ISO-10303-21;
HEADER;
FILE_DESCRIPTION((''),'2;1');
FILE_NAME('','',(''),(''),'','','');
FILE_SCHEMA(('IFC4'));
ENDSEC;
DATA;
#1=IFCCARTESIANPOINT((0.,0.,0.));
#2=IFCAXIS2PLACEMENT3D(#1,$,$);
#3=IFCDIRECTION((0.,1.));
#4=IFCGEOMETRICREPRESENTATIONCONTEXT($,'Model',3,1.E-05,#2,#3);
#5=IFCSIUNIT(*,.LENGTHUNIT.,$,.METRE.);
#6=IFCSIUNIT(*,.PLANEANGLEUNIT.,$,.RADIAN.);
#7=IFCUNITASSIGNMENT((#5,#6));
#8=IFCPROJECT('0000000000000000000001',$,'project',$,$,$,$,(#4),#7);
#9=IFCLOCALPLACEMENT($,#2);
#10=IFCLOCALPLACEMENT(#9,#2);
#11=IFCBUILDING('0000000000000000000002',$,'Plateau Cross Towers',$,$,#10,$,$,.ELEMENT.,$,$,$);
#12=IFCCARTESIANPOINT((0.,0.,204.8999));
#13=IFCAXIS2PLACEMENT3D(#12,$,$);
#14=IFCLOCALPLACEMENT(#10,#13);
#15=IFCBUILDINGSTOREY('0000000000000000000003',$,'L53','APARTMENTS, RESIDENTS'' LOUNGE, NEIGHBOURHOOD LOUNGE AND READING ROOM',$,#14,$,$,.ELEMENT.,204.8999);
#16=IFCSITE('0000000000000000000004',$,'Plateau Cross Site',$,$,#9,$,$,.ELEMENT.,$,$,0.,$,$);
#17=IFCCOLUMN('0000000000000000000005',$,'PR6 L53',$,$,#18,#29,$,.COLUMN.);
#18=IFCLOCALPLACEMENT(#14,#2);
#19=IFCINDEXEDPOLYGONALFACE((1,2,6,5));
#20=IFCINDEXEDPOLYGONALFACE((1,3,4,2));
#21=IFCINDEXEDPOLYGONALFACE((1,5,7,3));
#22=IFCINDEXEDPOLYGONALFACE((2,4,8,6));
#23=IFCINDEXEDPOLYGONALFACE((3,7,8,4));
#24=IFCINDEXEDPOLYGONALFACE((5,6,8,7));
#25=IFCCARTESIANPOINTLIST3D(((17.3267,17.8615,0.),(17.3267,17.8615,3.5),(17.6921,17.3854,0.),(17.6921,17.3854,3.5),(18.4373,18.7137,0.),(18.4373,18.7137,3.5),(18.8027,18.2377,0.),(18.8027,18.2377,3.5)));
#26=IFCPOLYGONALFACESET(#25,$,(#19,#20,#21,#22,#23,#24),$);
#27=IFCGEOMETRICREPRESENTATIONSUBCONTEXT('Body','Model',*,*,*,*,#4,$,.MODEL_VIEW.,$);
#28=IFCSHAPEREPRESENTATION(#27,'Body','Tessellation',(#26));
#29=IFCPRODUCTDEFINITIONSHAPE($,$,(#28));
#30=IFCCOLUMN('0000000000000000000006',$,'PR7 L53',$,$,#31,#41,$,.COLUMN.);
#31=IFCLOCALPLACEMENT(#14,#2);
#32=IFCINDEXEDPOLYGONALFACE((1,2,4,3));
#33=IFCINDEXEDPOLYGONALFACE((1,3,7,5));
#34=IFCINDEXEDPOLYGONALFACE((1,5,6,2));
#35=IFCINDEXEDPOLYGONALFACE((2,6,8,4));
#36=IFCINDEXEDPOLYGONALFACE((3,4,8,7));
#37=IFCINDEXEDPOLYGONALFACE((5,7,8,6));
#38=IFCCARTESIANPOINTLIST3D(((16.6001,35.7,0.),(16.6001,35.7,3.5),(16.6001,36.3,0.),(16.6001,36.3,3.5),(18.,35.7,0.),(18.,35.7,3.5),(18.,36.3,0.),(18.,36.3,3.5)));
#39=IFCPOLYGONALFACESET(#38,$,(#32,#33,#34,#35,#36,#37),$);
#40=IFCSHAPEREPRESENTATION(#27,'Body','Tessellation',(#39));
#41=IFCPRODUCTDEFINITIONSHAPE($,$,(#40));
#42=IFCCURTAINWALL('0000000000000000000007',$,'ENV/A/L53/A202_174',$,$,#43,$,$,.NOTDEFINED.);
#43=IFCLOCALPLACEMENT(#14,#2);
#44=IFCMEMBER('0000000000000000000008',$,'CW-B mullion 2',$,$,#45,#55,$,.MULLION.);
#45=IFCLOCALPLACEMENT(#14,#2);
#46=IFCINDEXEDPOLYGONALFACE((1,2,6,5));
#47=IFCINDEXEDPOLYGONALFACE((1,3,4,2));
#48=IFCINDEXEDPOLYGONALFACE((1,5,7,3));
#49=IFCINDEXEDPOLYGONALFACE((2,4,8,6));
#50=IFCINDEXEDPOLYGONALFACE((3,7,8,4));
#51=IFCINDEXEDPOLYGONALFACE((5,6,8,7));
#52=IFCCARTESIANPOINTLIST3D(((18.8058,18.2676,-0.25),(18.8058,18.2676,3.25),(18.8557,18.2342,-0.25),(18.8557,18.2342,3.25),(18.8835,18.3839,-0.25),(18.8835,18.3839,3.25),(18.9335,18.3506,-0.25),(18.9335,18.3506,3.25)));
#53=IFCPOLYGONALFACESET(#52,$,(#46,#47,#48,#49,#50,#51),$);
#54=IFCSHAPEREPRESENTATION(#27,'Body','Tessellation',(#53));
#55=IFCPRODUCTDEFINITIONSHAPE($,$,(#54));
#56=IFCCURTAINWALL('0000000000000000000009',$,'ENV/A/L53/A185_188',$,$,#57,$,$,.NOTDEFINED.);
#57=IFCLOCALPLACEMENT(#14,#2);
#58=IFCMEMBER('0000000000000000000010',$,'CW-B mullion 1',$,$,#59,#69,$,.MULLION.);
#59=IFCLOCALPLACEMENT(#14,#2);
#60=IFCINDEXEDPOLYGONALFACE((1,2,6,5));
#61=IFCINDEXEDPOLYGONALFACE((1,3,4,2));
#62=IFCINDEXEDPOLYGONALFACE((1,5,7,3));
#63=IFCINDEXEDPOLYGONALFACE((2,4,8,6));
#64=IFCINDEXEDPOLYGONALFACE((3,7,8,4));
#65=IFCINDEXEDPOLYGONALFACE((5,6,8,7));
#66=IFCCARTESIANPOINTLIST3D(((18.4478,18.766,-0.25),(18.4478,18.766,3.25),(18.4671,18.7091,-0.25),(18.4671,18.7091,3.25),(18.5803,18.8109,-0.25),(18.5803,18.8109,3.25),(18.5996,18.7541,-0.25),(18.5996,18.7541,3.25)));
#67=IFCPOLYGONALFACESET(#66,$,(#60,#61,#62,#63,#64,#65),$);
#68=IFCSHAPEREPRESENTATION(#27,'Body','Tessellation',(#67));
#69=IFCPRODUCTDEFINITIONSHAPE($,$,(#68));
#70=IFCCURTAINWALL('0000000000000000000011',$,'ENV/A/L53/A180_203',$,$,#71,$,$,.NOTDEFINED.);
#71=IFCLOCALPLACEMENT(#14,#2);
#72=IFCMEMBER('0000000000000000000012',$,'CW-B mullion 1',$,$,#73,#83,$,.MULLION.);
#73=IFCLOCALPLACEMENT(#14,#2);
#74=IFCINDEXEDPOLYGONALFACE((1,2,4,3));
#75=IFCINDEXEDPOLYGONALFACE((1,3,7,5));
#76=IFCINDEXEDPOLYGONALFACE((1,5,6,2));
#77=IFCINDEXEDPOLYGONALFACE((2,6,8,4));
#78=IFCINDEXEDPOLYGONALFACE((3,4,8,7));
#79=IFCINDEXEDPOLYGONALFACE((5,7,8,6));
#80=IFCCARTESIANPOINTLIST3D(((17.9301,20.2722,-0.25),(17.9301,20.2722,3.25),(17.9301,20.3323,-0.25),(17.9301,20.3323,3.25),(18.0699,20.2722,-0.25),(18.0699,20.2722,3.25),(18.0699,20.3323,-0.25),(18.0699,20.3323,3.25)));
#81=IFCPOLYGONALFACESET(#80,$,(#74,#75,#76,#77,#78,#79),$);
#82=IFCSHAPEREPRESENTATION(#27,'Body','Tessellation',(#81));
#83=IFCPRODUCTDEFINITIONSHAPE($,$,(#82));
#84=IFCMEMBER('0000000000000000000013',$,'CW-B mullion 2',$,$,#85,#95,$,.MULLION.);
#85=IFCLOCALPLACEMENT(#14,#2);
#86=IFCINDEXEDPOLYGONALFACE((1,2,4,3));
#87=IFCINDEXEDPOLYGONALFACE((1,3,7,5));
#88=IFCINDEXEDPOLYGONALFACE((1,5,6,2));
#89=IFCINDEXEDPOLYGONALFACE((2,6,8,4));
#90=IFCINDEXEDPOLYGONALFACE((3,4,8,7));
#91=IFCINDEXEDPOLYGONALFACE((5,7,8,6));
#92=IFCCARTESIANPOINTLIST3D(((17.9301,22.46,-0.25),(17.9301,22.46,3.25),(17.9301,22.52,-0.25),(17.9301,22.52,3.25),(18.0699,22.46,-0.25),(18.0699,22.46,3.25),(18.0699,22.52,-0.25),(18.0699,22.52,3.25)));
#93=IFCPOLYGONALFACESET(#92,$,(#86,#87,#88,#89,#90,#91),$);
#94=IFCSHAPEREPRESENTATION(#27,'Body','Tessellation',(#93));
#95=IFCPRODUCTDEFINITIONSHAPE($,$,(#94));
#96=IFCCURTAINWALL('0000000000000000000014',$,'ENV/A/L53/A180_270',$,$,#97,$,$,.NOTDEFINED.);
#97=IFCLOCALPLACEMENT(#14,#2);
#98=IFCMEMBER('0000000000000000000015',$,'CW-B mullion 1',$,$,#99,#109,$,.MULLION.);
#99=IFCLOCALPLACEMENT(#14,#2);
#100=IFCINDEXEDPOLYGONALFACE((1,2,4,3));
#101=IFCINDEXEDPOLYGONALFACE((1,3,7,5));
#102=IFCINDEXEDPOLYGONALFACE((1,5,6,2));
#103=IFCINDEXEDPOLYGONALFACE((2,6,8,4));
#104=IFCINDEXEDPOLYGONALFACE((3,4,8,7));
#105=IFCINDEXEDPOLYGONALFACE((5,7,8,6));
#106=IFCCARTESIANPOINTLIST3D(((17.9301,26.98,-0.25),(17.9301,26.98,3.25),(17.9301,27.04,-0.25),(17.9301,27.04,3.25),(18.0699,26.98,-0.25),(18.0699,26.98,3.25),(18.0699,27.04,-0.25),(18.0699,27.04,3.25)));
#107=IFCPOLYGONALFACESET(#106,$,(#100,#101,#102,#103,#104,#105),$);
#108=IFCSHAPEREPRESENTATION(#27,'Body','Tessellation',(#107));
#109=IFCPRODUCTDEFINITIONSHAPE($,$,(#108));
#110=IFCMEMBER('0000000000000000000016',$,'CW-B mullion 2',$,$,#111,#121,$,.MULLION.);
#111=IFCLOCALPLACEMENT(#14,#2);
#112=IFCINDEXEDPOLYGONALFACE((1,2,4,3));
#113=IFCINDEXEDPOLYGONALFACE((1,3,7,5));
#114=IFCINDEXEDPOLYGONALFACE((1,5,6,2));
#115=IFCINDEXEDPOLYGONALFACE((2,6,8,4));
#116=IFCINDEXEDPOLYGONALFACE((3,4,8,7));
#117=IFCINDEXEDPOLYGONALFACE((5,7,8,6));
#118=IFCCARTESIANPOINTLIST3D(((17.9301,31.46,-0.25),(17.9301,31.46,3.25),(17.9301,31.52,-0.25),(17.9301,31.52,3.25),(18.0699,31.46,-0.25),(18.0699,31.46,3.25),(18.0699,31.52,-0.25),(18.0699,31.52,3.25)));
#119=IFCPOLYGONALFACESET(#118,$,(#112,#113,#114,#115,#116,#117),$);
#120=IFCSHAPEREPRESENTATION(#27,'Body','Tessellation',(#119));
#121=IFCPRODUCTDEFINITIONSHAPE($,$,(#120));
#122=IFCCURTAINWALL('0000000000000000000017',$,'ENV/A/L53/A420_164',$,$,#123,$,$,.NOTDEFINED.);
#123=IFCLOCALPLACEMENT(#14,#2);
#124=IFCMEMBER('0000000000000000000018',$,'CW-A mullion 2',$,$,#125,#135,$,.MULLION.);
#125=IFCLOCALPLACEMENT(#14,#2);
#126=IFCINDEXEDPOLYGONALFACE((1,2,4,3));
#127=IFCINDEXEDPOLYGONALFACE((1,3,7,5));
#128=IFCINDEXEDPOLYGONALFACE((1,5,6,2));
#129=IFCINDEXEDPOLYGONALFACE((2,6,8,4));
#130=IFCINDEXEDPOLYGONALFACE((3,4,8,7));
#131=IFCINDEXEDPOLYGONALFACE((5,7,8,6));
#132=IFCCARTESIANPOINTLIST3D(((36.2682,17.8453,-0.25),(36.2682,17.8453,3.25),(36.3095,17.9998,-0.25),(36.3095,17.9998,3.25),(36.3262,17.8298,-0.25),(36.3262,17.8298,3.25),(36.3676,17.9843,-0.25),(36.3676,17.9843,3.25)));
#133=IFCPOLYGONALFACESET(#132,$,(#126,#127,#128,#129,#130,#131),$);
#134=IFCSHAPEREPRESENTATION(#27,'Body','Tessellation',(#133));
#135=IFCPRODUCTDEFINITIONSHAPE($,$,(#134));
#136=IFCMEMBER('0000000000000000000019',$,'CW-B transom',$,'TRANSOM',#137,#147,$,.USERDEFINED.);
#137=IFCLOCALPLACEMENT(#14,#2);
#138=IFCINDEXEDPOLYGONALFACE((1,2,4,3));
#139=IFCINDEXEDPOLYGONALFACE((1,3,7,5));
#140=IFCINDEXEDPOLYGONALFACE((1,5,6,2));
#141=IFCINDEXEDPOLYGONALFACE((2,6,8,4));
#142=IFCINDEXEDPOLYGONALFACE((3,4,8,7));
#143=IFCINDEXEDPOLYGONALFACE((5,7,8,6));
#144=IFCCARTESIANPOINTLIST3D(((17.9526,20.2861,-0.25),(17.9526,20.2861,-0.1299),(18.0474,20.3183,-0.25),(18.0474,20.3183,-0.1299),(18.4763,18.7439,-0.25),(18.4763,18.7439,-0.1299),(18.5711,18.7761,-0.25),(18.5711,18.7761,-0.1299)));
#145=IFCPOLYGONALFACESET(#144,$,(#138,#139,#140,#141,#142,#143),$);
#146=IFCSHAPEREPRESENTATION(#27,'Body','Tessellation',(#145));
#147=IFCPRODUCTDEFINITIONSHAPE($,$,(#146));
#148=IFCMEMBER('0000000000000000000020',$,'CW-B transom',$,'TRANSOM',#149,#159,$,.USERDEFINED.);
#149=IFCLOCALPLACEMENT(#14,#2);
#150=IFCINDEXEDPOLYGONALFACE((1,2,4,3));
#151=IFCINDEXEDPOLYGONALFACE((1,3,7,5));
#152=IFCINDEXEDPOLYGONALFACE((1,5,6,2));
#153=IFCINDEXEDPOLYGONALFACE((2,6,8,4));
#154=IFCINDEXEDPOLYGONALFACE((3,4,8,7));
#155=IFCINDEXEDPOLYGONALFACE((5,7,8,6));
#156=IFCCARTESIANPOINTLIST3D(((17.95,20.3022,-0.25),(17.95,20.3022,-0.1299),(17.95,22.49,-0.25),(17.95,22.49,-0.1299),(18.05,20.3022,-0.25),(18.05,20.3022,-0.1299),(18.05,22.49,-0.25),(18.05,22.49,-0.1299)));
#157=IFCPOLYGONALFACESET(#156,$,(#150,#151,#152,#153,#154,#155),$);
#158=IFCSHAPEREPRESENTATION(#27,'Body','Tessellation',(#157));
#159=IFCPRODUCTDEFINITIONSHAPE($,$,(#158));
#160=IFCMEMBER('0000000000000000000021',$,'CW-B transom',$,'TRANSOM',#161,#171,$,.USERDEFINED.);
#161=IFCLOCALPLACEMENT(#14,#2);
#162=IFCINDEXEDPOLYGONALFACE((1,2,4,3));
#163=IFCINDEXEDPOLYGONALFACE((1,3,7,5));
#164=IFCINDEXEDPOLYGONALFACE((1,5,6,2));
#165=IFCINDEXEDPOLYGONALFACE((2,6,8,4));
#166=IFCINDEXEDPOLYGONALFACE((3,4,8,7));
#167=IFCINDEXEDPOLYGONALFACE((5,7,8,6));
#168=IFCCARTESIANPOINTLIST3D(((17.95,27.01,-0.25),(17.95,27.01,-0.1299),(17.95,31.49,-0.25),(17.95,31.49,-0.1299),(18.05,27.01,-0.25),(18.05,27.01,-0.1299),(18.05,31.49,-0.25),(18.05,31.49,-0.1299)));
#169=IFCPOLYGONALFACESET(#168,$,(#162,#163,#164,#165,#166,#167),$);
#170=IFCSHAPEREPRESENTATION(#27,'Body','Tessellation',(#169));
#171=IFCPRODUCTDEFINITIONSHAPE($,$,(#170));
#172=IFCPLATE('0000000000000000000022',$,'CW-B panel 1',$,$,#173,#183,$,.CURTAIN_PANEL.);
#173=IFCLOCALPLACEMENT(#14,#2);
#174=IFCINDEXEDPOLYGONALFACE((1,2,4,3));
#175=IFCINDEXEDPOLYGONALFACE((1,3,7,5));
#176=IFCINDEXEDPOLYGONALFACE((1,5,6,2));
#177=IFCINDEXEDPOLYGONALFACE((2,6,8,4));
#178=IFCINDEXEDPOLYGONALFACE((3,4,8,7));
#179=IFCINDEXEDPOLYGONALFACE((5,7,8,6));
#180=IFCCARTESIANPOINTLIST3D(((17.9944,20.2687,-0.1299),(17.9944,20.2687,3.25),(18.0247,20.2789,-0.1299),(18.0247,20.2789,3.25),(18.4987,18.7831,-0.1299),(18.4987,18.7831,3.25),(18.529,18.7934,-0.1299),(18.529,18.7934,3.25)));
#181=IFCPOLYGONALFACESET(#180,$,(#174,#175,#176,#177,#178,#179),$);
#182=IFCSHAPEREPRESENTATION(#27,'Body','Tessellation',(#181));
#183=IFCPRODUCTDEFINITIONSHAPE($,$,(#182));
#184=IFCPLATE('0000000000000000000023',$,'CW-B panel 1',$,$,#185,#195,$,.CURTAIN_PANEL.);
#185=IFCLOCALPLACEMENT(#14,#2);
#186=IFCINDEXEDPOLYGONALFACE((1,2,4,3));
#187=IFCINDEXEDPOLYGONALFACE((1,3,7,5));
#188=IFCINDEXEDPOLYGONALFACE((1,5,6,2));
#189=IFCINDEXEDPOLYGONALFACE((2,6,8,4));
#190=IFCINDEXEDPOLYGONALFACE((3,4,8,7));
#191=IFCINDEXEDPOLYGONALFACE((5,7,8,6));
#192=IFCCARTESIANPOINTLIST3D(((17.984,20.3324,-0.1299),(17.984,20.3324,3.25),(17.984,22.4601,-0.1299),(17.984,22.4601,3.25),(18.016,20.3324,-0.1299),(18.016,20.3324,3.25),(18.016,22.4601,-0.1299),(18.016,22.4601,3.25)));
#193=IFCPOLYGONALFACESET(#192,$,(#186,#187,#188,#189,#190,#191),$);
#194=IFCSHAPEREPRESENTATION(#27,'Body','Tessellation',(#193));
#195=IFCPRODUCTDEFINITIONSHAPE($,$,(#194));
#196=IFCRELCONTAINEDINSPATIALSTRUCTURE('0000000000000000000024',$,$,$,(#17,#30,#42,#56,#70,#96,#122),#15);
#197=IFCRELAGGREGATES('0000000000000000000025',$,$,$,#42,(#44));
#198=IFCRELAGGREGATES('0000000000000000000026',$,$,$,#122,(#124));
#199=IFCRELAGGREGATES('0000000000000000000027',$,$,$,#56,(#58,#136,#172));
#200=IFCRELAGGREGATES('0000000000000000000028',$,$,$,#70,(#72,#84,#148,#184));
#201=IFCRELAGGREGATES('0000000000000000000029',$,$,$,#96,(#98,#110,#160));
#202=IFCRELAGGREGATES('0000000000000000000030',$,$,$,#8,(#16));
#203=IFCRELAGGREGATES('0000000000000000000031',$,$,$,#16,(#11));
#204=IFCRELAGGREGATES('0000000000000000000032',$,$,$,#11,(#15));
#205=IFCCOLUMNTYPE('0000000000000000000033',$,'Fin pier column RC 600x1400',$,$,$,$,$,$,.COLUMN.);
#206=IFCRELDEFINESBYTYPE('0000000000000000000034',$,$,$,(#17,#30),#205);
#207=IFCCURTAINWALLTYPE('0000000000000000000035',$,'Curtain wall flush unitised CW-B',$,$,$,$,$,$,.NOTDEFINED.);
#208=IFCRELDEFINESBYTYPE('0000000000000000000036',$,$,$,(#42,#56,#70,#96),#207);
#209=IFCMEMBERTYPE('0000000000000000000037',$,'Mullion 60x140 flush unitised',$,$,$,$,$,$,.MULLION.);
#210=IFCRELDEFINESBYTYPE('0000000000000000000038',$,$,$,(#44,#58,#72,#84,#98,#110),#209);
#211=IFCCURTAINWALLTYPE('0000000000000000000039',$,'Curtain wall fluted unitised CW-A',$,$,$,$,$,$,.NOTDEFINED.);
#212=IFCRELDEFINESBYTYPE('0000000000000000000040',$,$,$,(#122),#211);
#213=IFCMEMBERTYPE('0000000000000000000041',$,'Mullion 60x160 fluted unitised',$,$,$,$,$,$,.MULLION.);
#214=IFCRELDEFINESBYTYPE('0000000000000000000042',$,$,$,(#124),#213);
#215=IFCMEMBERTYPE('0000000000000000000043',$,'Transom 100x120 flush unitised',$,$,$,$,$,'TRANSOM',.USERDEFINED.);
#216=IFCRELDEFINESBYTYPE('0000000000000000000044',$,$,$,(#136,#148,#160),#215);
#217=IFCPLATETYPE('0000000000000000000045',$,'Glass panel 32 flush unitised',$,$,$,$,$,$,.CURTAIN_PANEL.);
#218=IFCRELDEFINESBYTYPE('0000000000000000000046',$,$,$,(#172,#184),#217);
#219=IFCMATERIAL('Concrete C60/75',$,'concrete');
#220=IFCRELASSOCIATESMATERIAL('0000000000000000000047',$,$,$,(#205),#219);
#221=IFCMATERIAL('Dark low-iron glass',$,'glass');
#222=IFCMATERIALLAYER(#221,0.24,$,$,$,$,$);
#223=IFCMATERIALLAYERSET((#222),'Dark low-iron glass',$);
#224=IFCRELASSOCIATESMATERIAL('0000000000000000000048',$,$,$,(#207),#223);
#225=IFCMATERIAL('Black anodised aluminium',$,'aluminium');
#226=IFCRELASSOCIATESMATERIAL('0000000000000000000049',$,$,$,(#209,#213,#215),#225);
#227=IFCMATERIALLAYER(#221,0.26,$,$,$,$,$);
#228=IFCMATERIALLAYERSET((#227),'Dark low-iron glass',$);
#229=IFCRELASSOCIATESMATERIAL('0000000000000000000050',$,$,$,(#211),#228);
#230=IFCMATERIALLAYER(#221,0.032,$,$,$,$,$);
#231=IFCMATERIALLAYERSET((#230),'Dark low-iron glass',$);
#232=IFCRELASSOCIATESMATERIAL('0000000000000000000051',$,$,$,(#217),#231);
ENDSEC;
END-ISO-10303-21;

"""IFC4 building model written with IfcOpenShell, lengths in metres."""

from ifc_helpers import new_model, si_unit, direction, frame, origin, origin_2d, place, context, subcontext, project, spatial, rectangle, extrude, material, layer, layer_set, material_profile, profile_set, type_object, element, aggregate, save


model = new_model("IFC4")

# Units and contexts
model_context = context("Model", 3, precision=1e-05, world=origin(), true_north=direction((0.0, 1.0)))
body_context = subcontext(model_context, "Body", "Model", "MODEL_VIEW")
ifc_project = project(units=[si_unit("LENGTHUNIT", "METRE"), si_unit("PLANEANGLEUNIT", "RADIAN")], contexts=[model_context])

# Site, building, storey
site_placement = place(None, origin())
site = spatial("IfcSite", under=ifc_project, at=site_placement, Name="Plateau Cross Site", CompositionType="ELEMENT", RefElevation=0.0)
building_placement = place(site_placement, origin())
building = spatial("IfcBuilding", under=site, at=building_placement, Name="Plateau Cross Towers", CompositionType="ELEMENT")
storey_placement = place(building_placement, frame((0.0, 0.0, 204.8999)))
storey = spatial("IfcBuildingStorey", under=building, at=storey_placement, Name="L53", Description="APARTMENTS, RESIDENTS' LOUNGE, NEIGHBOURHOOD LOUNGE AND READING ROOM", CompositionType="ELEMENT", Elevation=204.8999)

# Columns
ifc_material_1 = material(Name="Concrete C60/75", Category="concrete")
ifc_material_profile_1 = material_profile(ifc_material_1, rectangle(XDim=0.6001, YDim=1.3999, at=origin_2d()), Name="RC 600x1400")
ifc_profile_set_1 = profile_set([ifc_material_profile_1], Name="Concrete C60/75")
column_type = type_object("IfcColumnType", Name="Fin pier column RC 600x1400", PredefinedType="COLUMN", material=ifc_profile_set_1)
for number, where, z_axis, x_axis, name in (
    (1, (18.0647, 18.0496, 0.0), (0.0, 0.0, 1.0), (-0.608811, 0.793315, 0.0), "PR6 L53"),
    (2, (17.3, 36.0, 0.0), (0.0, 0.0, 1.0), (0.0, 1.0, 0.0), "PR7 L53"),
):
    element("IfcColumn", number, at=place(storey_placement, frame(where, z_axis=z_axis, x_axis=x_axis)), inside=storey, type_object=column_type, Name=name, PredefinedType="COLUMN", context=body_context, shape_type="SweptSolid", body=[
        extrude(rectangle(XDim=0.6001, YDim=1.3999, at=origin_2d()), origin(), (0.0, 0.0, 1.0), 3.5),
    ])

# Curtain walls, members
ifc_material_2 = material(Name="Dark low-iron glass", Category="glass")
ifc_layer_1 = layer(ifc_material_2, 0.24)
ifc_layer_set_1 = layer_set([ifc_layer_1], Name="Dark low-iron glass")
curtain_wall_type_1 = type_object("IfcCurtainWallType", Name="Curtain wall flush unitised CW-B", PredefinedType="NOTDEFINED", material=ifc_layer_set_1)
curtain_wall_1_placement = place(storey_placement, origin())
curtain_wall_1 = element("IfcCurtainWall", 3, at=curtain_wall_1_placement, inside=storey, type_object=curtain_wall_type_1, Name="ENV/A/L53/A202_174", PredefinedType="NOTDEFINED")
ifc_material_3 = material(Name="Black anodised aluminium", Category="aluminium")
ifc_material_profile_2 = material_profile(ifc_material_3, rectangle(XDim=0.0601, YDim=0.1399, at=origin_2d()), Name="MULLION 60x140")
ifc_profile_set_2 = profile_set([ifc_material_profile_2], Name="Black anodised aluminium")
member_type_1 = type_object("IfcMemberType", Name="Mullion 60x140 flush unitised", PredefinedType="MULLION", material=ifc_profile_set_2)
member_1_placement = place(storey_placement, frame((18.8696, 18.3091, -0.25), z_axis=(0.0, 0.0, 1.0), x_axis=(-0.831521, 0.555493, 0.0)))
member_1 = element("IfcMember", 4, at=member_1_placement, type_object=member_type_1, Name="CW-B mullion 2", PredefinedType="MULLION", context=body_context, shape_type="SweptSolid", body=[
    extrude(rectangle(XDim=0.0601, YDim=0.1399, at=origin_2d()), origin(), (0.0, 0.0, 1.0), 3.5),
])
aggregate(curtain_wall_1, [member_1])
curtain_wall_2_placement = place(storey_placement, origin())
curtain_wall_2 = element("IfcCurtainWall", 5, at=curtain_wall_2_placement, inside=storey, type_object=curtain_wall_type_1, Name="ENV/A/L53/A185_188", PredefinedType="NOTDEFINED")
member_2_placement = place(storey_placement, frame((18.5237, 18.76, -0.25), z_axis=(0.0, 0.0, 1.0), x_axis=(-0.321469, 0.94692, 0.0)))
member_2 = element("IfcMember", 6, at=member_2_placement, type_object=member_type_1, Name="CW-B mullion 1", PredefinedType="MULLION", context=body_context, shape_type="SweptSolid", body=[
    extrude(rectangle(XDim=0.0601, YDim=0.1399, at=origin_2d()), origin(), (0.0, 0.0, 1.0), 3.5),
])

# Curtain walls, members
curtain_wall_3_placement = place(storey_placement, origin())
curtain_wall_3 = element("IfcCurtainWall", 7, at=curtain_wall_3_placement, inside=storey, type_object=curtain_wall_type_1, Name="ENV/A/L53/A180_203", PredefinedType="NOTDEFINED")
member_3_placement = place(storey_placement, frame((18.0, 20.3022, -0.25), z_axis=(0.0, 0.0, 1.0), x_axis=(0.0, 1.0, 0.0)))
member_3 = element("IfcMember", 8, at=member_3_placement, type_object=member_type_1, Name="CW-B mullion 1", PredefinedType="MULLION", context=body_context, shape_type="SweptSolid", body=[
    extrude(rectangle(XDim=0.0601, YDim=0.1399, at=origin_2d()), origin(), (0.0, 0.0, 1.0), 3.5),
])
member_4_placement = place(storey_placement, frame((18.0, 22.49, -0.25), z_axis=(0.0, 0.0, 1.0), x_axis=(0.0, 1.0, 0.0)))
member_4 = element("IfcMember", 9, at=member_4_placement, type_object=member_type_1, Name="CW-B mullion 2", PredefinedType="MULLION", context=body_context, shape_type="SweptSolid", body=[
    extrude(rectangle(XDim=0.0601, YDim=0.1399, at=origin_2d()), origin(), (0.0, 0.0, 1.0), 3.5),
])
curtain_wall_4_placement = place(storey_placement, origin())
curtain_wall_4 = element("IfcCurtainWall", 10, at=curtain_wall_4_placement, inside=storey, type_object=curtain_wall_type_1, Name="ENV/A/L53/A180_270", PredefinedType="NOTDEFINED")
member_5_placement = place(storey_placement, frame((18.0, 27.01, -0.25), z_axis=(0.0, 0.0, 1.0), x_axis=(0.0, 1.0, 0.0)))
member_5 = element("IfcMember", 11, at=member_5_placement, type_object=member_type_1, Name="CW-B mullion 1", PredefinedType="MULLION", context=body_context, shape_type="SweptSolid", body=[
    extrude(rectangle(XDim=0.0601, YDim=0.1399, at=origin_2d()), origin(), (0.0, 0.0, 1.0), 3.5),
])
member_6_placement = place(storey_placement, frame((18.0, 31.49, -0.25), z_axis=(0.0, 0.0, 1.0), x_axis=(0.0, 1.0, 0.0)))
member_6 = element("IfcMember", 12, at=member_6_placement, type_object=member_type_1, Name="CW-B mullion 2", PredefinedType="MULLION", context=body_context, shape_type="SweptSolid", body=[
    extrude(rectangle(XDim=0.0601, YDim=0.1399, at=origin_2d()), origin(), (0.0, 0.0, 1.0), 3.5),
])

# Curtain wall, member
ifc_layer_2 = layer(ifc_material_2, 0.26)
ifc_layer_set_2 = layer_set([ifc_layer_2], Name="Dark low-iron glass")
curtain_wall_type_2 = type_object("IfcCurtainWallType", Name="Curtain wall fluted unitised CW-A", PredefinedType="NOTDEFINED", material=ifc_layer_set_2)
curtain_wall_5_placement = place(storey_placement, origin())
curtain_wall_5 = element("IfcCurtainWall", 13, at=curtain_wall_5_placement, inside=storey, type_object=curtain_wall_type_2, Name="ENV/A/L53/A420_164", PredefinedType="NOTDEFINED")
ifc_material_profile_3 = material_profile(ifc_material_3, rectangle(XDim=0.0601, YDim=0.1599, at=origin_2d()), Name="MULLION 60x160")
ifc_profile_set_3 = profile_set([ifc_material_profile_3], Name="Black anodised aluminium")
member_type_2 = type_object("IfcMemberType", Name="Mullion 60x160 fluted unitised", PredefinedType="MULLION", material=ifc_profile_set_3)
member_7_placement = place(storey_placement, frame((36.3179, 17.9148, -0.25), z_axis=(0.0, 0.0, 1.0), x_axis=(-0.965958, 0.258699, 0.0)))
member_7 = element("IfcMember", 14, at=member_7_placement, type_object=member_type_2, Name="CW-A mullion 2", PredefinedType="MULLION", context=body_context, shape_type="SweptSolid", body=[
    extrude(rectangle(XDim=0.0601, YDim=0.1599, at=origin_2d()), origin(), (0.0, 0.0, 1.0), 3.5),
])
aggregate(curtain_wall_5, [member_7])

# Members
ifc_material_profile_4 = material_profile(ifc_material_3, rectangle(XDim=0.1001, YDim=0.1201, at=origin_2d()), Name="TRANSOM 100x120")
ifc_profile_set_4 = profile_set([ifc_material_profile_4], Name="Black anodised aluminium")
member_type_3 = type_object("IfcMemberType", Name="Transom 100x120 flush unitised", ElementType="TRANSOM", PredefinedType="USERDEFINED", material=ifc_profile_set_4)
member_8_placement = place(storey_placement, frame((18.5237, 18.76, -0.1899), z_axis=(-0.321529, 0.9469, 0.0), x_axis=(-0.9469, -0.321529, 0.0)))
member_8 = element("IfcMember", 15, at=member_8_placement, type_object=member_type_3, Name="CW-B transom", ObjectType="TRANSOM", PredefinedType="USERDEFINED", context=body_context, shape_type="SweptSolid", body=[
    extrude(rectangle(XDim=0.1001, YDim=0.1201, at=origin_2d()), origin(), (0.0, 0.0, 1.0), 1.6287),
])
member_9_placement = place(storey_placement, frame((18.0, 20.3022, -0.1899), z_axis=(0.0, 1.0, 0.0), x_axis=(-1.0, 0.0, 0.0)))
member_9 = element("IfcMember", 16, at=member_9_placement, type_object=member_type_3, Name="CW-B transom", ObjectType="TRANSOM", PredefinedType="USERDEFINED", context=body_context, shape_type="SweptSolid", body=[
    extrude(rectangle(XDim=0.1001, YDim=0.1201, at=origin_2d()), origin(), (0.0, 0.0, 1.0), 2.1877),
])
member_10_placement = place(storey_placement, frame((18.0, 27.01, -0.1899), z_axis=(0.0, 1.0, 0.0), x_axis=(-1.0, 0.0, 0.0)))
member_10 = element("IfcMember", 17, at=member_10_placement, type_object=member_type_3, Name="CW-B transom", ObjectType="TRANSOM", PredefinedType="USERDEFINED", context=body_context, shape_type="SweptSolid", body=[
    extrude(rectangle(XDim=0.1001, YDim=0.1201, at=origin_2d()), origin(), (0.0, 0.0, 1.0), 4.48),
])

# Plates
ifc_layer_3 = layer(ifc_material_2, 0.032)
ifc_layer_set_3 = layer_set([ifc_layer_3], Name="Dark low-iron glass")
plate_type = type_object("IfcPlateType", Name="Glass panel 32 flush unitised", PredefinedType="CURTAIN_PANEL", material=ifc_layer_set_3)
plate_1_placement = place(storey_placement, frame((18.2617, 19.531, -0.1299), z_axis=(0.0, 0.0, 1.0), x_axis=(-0.321469, 0.94692, 0.0)))
plate_1 = element("IfcPlate", 18, at=plate_1_placement, type_object=plate_type, Name="CW-B panel 1", PredefinedType="CURTAIN_PANEL", context=body_context, shape_type="SweptSolid", body=[
    extrude(rectangle(XDim=1.5688, YDim=0.032, at=origin_2d()), origin(), (0.0, 0.0, 1.0), 3.3799),
])
aggregate(curtain_wall_2, [member_2, member_8, plate_1])
plate_2_placement = place(storey_placement, frame((18.0, 21.3962, -0.1299), z_axis=(0.0, 0.0, 1.0), x_axis=(0.0, 1.0, 0.0)))
plate_2 = element("IfcPlate", 19, at=plate_2_placement, type_object=plate_type, Name="CW-B panel 1", PredefinedType="CURTAIN_PANEL", context=body_context, shape_type="SweptSolid", body=[
    extrude(rectangle(XDim=2.1277, YDim=0.032, at=origin_2d()), origin(), (0.0, 0.0, 1.0), 3.3799),
])
aggregate(curtain_wall_3, [member_3, member_4, member_9, plate_2])
aggregate(curtain_wall_4, [member_5, member_6, member_10])

save(model, "model.ifc")
